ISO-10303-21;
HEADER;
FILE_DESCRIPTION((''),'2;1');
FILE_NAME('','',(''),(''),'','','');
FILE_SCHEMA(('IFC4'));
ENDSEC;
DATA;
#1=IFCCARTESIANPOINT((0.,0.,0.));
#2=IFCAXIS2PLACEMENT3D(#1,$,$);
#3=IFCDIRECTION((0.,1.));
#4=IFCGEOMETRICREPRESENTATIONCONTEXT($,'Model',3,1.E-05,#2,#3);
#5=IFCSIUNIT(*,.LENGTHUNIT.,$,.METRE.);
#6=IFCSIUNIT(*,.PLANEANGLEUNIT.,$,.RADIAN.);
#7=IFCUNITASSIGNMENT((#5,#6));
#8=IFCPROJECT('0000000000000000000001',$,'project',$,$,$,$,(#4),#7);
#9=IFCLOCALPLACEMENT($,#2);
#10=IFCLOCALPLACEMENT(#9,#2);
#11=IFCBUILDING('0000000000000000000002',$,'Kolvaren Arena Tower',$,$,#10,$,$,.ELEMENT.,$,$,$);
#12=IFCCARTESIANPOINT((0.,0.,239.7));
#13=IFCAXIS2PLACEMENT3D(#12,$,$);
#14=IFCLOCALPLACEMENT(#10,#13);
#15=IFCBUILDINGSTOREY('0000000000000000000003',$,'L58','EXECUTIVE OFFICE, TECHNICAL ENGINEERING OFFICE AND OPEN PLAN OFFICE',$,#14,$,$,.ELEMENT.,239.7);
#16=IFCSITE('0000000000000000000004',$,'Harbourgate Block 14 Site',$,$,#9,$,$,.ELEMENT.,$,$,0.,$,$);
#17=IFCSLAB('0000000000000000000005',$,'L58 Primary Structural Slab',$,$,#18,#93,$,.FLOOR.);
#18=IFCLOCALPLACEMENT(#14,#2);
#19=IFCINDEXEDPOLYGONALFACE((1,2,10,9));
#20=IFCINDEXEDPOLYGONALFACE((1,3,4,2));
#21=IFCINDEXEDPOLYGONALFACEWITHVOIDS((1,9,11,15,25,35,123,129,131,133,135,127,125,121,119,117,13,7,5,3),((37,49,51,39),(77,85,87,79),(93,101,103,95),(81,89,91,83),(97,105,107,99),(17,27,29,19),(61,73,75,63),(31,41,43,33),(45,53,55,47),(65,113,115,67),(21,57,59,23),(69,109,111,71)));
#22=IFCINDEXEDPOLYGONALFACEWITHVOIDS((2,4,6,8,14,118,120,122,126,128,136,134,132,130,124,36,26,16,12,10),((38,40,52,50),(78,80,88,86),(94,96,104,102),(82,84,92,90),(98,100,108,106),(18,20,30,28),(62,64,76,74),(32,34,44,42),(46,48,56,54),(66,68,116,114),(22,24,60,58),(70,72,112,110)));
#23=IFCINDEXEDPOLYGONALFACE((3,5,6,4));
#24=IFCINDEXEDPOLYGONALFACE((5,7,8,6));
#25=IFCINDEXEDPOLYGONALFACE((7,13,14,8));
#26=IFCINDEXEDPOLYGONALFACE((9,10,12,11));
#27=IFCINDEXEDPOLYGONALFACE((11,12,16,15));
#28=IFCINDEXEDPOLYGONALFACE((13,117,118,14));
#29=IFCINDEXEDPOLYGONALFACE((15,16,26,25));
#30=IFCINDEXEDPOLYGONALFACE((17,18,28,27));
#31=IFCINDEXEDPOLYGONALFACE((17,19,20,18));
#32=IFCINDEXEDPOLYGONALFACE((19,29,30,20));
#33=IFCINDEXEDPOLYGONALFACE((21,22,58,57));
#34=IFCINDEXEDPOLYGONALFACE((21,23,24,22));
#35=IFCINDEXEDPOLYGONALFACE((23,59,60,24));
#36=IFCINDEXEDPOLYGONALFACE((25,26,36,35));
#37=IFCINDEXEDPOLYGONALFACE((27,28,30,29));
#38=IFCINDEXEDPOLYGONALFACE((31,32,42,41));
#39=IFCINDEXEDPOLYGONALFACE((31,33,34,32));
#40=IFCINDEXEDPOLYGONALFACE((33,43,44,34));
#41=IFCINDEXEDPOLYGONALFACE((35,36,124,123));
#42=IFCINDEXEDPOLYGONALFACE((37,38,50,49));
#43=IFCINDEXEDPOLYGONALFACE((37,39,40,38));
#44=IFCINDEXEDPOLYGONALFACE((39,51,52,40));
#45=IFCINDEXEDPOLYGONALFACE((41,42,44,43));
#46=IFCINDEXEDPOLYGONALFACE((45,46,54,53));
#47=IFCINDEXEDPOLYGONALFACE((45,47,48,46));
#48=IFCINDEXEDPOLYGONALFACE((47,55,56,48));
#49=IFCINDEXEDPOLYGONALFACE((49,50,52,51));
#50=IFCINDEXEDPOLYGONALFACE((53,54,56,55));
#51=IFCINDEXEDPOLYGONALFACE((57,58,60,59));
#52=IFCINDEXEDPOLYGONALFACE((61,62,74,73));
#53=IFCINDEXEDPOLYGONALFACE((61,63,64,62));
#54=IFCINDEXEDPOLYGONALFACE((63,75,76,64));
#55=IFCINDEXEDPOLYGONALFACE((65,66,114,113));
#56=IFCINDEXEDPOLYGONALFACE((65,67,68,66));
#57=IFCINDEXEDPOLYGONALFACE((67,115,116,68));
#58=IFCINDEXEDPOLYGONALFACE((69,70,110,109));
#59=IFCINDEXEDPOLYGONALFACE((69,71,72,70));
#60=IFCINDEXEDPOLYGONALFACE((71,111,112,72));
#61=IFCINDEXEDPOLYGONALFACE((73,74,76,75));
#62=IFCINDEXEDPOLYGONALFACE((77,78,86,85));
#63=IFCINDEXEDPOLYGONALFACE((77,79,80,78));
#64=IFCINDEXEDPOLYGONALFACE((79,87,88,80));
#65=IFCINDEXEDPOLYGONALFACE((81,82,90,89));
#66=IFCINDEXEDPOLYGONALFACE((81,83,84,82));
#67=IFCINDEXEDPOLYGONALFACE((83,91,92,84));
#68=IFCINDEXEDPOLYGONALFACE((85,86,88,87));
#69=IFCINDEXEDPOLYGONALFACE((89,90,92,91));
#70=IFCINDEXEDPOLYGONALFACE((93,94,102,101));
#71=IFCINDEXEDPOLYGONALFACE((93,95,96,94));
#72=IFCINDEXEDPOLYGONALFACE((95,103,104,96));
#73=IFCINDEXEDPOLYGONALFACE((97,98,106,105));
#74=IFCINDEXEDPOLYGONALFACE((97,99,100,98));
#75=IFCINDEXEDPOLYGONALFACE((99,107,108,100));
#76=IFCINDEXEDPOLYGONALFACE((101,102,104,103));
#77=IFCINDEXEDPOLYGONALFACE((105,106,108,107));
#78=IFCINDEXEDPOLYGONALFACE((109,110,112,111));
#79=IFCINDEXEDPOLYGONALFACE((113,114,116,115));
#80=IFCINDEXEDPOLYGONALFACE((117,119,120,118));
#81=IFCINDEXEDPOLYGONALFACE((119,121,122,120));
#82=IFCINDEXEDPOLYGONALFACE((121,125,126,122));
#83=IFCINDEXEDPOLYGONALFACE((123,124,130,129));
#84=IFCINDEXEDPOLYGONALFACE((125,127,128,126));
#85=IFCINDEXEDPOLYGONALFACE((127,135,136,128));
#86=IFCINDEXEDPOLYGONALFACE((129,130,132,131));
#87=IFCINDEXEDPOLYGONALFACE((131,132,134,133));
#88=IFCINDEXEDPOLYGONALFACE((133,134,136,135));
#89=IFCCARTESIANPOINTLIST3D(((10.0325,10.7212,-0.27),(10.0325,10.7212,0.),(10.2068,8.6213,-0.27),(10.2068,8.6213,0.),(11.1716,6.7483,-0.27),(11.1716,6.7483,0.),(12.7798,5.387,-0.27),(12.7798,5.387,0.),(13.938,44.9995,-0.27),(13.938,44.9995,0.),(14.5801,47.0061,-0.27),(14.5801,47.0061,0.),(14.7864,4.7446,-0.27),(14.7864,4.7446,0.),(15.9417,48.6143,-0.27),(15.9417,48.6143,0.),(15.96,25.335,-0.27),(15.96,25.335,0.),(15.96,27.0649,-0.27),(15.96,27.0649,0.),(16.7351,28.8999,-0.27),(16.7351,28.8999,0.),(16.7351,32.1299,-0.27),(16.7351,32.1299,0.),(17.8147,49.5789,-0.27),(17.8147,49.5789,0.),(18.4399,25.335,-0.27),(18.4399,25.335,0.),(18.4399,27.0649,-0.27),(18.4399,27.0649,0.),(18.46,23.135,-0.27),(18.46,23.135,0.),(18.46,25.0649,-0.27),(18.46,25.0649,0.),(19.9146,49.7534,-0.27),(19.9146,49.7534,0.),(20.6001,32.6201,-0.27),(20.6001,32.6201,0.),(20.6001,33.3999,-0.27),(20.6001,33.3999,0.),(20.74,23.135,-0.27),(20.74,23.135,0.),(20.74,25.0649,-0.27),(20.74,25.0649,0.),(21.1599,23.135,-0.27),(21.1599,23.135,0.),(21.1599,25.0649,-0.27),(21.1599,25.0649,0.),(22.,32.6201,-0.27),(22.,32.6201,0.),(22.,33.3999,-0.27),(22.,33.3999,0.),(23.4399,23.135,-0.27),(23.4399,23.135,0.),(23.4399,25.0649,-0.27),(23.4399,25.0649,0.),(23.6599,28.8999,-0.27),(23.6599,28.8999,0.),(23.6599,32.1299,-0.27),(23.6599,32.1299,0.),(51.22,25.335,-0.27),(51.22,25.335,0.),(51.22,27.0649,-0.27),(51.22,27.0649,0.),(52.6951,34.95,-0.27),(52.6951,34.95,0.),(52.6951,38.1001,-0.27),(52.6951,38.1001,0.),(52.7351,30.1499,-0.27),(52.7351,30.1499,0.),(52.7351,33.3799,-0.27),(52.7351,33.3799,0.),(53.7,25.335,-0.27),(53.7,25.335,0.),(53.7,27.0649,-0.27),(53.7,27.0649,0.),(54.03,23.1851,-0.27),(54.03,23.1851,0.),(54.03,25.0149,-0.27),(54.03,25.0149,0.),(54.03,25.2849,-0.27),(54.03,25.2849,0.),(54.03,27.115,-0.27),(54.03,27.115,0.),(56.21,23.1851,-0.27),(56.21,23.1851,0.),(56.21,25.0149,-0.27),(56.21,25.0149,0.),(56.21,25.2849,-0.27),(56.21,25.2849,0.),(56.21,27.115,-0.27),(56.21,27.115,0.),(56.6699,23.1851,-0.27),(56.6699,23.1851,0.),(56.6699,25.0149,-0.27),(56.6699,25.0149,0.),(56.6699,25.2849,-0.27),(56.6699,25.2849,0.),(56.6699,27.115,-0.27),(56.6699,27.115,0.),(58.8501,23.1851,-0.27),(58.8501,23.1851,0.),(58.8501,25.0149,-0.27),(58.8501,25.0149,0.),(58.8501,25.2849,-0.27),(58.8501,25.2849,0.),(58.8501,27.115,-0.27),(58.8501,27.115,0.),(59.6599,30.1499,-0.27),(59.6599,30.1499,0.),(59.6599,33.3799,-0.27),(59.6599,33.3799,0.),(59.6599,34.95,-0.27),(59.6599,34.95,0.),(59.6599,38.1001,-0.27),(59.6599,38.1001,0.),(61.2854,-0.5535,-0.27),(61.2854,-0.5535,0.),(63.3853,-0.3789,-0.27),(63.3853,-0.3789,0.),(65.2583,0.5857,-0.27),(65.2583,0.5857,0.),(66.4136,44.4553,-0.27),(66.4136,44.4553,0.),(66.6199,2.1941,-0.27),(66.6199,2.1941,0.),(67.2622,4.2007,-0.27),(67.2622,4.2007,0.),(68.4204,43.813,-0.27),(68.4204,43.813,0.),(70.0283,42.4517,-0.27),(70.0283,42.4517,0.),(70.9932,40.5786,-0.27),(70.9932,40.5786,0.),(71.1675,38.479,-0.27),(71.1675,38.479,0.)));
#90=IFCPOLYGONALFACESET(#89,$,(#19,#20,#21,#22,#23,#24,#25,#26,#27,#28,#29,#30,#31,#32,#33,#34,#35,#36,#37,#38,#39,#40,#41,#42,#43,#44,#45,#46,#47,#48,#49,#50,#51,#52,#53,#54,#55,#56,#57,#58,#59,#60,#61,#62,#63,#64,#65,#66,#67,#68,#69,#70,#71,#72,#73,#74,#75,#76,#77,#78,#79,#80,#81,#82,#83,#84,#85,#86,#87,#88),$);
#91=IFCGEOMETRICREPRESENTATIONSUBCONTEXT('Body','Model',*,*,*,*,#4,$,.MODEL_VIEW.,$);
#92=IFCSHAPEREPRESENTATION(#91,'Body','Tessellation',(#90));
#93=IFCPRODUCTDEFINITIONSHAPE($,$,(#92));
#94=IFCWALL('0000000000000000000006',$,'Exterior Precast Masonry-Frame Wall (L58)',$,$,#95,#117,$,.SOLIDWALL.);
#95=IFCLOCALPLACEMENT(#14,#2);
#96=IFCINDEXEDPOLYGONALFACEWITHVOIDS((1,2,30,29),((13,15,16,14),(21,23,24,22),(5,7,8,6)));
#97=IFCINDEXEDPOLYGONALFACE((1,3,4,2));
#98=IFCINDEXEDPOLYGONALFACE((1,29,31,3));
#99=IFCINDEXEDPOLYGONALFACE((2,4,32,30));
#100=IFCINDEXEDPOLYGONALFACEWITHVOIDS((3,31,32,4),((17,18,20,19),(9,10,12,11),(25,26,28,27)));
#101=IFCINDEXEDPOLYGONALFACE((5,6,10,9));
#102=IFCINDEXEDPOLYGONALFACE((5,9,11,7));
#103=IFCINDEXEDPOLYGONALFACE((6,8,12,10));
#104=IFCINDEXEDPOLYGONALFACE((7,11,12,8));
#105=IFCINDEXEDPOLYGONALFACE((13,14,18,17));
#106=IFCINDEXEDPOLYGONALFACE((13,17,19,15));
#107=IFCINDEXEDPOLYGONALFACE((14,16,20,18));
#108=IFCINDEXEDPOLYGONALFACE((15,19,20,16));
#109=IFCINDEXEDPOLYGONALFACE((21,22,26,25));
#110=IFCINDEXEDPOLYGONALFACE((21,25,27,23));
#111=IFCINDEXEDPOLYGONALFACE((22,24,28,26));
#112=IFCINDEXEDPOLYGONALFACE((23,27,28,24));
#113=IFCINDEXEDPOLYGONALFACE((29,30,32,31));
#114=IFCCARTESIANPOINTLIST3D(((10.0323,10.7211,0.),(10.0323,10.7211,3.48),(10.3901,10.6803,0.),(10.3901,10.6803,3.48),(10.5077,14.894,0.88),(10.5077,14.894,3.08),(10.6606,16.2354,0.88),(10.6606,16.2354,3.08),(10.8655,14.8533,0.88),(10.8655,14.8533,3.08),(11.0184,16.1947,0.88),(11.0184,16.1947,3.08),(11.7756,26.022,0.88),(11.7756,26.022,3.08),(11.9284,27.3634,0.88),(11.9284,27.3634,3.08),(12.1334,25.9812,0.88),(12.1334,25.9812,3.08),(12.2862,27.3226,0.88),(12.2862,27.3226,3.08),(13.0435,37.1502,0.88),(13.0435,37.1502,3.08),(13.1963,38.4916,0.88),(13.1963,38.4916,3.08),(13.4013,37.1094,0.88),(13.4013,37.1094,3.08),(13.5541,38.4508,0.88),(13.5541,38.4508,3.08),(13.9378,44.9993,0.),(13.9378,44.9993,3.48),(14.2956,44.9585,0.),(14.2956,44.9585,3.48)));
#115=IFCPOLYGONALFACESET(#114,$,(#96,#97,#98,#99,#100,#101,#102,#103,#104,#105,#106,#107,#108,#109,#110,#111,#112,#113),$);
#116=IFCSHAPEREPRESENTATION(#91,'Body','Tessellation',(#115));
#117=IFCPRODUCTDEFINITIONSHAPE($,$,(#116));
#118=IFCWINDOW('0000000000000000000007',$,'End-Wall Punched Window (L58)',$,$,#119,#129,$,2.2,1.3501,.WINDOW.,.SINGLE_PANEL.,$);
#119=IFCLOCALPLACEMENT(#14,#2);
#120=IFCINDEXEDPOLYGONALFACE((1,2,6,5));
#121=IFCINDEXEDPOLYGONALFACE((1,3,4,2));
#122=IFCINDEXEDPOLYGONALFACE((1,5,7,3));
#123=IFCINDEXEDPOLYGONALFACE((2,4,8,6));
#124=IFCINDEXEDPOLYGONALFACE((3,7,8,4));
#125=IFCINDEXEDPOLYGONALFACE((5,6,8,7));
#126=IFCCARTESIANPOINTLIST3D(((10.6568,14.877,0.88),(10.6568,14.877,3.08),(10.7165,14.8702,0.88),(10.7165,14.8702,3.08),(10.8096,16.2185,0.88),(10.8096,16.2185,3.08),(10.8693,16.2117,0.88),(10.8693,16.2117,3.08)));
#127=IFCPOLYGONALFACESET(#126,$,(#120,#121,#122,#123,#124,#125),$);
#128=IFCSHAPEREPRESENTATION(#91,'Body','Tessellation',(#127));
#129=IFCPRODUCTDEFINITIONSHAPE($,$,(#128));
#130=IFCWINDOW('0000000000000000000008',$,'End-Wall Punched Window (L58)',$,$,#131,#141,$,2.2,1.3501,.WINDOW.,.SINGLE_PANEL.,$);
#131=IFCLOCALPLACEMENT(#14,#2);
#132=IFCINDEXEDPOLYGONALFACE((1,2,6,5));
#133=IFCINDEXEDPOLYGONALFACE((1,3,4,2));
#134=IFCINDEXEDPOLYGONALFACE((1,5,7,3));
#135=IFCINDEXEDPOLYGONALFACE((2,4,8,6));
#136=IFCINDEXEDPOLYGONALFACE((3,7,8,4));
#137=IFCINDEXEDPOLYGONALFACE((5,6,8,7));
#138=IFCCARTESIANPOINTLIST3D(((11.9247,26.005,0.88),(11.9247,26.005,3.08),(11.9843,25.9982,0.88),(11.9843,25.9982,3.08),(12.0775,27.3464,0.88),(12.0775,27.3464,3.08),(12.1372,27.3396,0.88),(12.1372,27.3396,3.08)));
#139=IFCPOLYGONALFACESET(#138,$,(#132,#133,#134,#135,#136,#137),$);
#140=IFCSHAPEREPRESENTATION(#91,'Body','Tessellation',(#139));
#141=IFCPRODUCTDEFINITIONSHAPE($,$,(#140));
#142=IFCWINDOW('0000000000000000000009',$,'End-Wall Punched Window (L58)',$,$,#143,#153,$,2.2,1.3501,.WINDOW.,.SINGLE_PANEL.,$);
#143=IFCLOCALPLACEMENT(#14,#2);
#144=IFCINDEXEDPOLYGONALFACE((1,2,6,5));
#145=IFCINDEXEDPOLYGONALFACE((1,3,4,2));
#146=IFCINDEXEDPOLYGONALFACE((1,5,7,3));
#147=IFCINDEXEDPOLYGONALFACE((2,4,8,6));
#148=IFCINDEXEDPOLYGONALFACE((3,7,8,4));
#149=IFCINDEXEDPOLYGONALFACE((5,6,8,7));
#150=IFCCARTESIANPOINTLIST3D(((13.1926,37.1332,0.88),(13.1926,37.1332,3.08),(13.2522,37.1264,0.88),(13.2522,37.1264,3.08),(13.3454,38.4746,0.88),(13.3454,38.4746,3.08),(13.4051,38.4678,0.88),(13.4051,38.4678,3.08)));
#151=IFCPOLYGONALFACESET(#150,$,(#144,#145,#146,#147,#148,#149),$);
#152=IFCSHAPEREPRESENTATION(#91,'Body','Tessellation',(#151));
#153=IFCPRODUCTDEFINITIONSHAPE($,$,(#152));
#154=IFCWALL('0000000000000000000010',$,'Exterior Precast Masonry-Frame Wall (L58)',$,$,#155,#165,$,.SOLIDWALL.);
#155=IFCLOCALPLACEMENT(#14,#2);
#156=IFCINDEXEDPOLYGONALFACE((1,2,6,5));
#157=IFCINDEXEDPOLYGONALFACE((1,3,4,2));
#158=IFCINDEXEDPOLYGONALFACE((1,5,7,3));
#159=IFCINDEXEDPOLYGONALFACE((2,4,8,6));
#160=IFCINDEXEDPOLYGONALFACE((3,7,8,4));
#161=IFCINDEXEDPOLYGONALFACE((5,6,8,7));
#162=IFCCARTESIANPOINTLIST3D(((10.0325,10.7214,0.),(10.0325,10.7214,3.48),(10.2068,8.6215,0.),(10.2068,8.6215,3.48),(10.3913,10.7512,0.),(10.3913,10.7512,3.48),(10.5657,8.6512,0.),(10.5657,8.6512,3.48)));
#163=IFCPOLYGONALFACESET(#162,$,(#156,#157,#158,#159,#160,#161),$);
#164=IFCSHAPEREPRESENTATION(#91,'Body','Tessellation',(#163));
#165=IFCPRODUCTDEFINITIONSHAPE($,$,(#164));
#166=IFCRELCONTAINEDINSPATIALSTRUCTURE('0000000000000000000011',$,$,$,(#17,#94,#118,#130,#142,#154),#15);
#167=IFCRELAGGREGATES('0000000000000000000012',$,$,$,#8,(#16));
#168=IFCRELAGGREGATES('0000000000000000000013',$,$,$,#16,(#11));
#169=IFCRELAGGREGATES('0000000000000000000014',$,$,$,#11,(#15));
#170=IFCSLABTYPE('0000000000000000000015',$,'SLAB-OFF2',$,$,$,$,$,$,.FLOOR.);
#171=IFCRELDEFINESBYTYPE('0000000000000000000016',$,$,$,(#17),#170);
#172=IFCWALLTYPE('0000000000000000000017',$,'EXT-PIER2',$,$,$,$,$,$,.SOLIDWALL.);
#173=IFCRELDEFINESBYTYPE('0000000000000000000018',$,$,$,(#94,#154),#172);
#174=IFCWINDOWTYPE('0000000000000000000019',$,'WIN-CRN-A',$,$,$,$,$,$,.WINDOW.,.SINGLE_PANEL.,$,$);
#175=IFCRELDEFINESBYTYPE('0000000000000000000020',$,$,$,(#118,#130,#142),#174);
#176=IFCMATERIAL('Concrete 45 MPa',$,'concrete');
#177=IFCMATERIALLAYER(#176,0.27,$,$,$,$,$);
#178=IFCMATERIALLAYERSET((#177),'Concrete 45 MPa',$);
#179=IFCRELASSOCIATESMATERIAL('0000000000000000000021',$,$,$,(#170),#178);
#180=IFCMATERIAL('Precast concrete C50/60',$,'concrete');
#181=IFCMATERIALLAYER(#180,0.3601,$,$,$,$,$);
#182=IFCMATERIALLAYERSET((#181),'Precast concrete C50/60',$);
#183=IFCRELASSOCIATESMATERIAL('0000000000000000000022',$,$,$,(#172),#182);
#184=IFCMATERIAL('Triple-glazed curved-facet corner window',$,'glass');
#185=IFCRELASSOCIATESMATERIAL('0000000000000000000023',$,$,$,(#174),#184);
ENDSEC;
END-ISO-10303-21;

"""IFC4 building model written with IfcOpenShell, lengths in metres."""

from ifc_helpers import new_model, si_unit, direction, frame, frame_2d, origin, place, context, subcontext, project, spatial, polyline, rectangle, outline, extrude, material, layer, layer_set, type_object, element, fill, save


model = new_model("IFC4")

# Units and contexts
model_context = context("Model", 3, precision=1e-05, world=origin(), true_north=direction((0.0, 1.0)))
body_context = subcontext(model_context, "Body", "Model", "MODEL_VIEW")
ifc_project = project(units=[si_unit("LENGTHUNIT", "METRE"), si_unit("PLANEANGLEUNIT", "RADIAN")], contexts=[model_context])

# Site, building, storey
site_placement = place(None, origin())
site = spatial("IfcSite", under=ifc_project, at=site_placement, Name="Harbourgate Block 14 Site", CompositionType="ELEMENT", RefElevation=0.0)
building_placement = place(site_placement, origin())
building = spatial("IfcBuilding", under=site, at=building_placement, Name="Kolvaren Arena Tower", CompositionType="ELEMENT")
storey_placement = place(building_placement, frame((0.0, 0.0, 239.7)))
storey = spatial("IfcBuildingStorey", under=building, at=storey_placement, Name="L58", Description="EXECUTIVE OFFICE, TECHNICAL ENGINEERING OFFICE AND OPEN PLAN OFFICE", CompositionType="ELEMENT", Elevation=239.7)

# Shared definitions
ifc_material_1 = material(Name="Concrete 45 MPa", Category="concrete")

# Slab
ifc_layer_1 = layer(ifc_material_1, 0.27)
ifc_layer_set_1 = layer_set([ifc_layer_1], Name="Concrete 45 MPa")
slab_type_1 = type_object("IfcSlabType", Name="SLAB-OFF2", PredefinedType="FLOOR", material=ifc_layer_set_1)
slab_1_placement = place(storey_placement, frame((0.0, 0.0, -0.27)))
element("IfcSlab", 1, at=slab_1_placement, inside=storey, type_object=slab_type_1, Name="L58 Primary Structural Slab", PredefinedType="FLOOR", context=body_context, shape_type="SweptSolid", body=[
    extrude(outline(polyline([(61.2854, -0.5535), (63.3853, -0.3789), (65.2583, 0.5857), (66.6199, 2.1941), (67.2622, 4.2007), (71.1675, 38.479), (70.9932, 40.5786), (70.0283, 42.4517), (68.4204, 43.813), (66.4136, 44.4553), (19.9146, 49.7534), (17.8147, 49.5789), (15.9417, 48.6143), (14.5801, 47.0061), (13.938, 44.9995), (10.0325, 10.7212), (10.2068, 8.6213), (11.1716, 6.7483), (12.7798, 5.387), (14.7864, 4.7446), (61.2854, -0.5535)]), holes=[polyline([(20.74, 23.135), (18.46, 23.135), (18.46, 25.0649), (20.74, 25.0649), (20.74, 23.135)]), polyline([(21.1599, 23.135), (21.1599, 25.0649), (23.4399, 25.0649), (23.4399, 23.135), (21.1599, 23.135)]), polyline([(56.21, 23.1851), (54.03, 23.1851), (54.03, 25.0149), (56.21, 25.0149), (56.21, 23.1851)]), polyline([(56.6699, 23.1851), (56.6699, 25.0149), (58.8501, 25.0149), (58.8501, 23.1851), (56.6699, 23.1851)]), polyline([(54.03, 25.2849), (54.03, 27.115), (56.21, 27.115), (56.21, 25.2849), (54.03, 25.2849)]), polyline([(58.8501, 25.2849), (56.6699, 25.2849), (56.6699, 27.115), (58.8501, 27.115), (58.8501, 25.2849)]), polyline([(15.96, 25.335), (15.96, 27.0649), (18.4399, 27.0649), (18.4399, 25.335), (15.96, 25.335)]), polyline([(53.7, 25.335), (51.22, 25.335), (51.22, 27.0649), (53.7, 27.0649), (53.7, 25.335)]), polyline([(16.7351, 28.8999), (16.7351, 32.1299), (23.6599, 32.1299), (23.6599, 28.8999), (16.7351, 28.8999)]), polyline([(52.7351, 30.1499), (52.7351, 33.3799), (59.6599, 33.3799), (59.6599, 30.1499), (52.7351, 30.1499)]), polyline([(20.6001, 32.6201), (20.6001, 33.3999), (22.0, 33.3999), (22.0, 32.6201), (20.6001, 32.6201)]), polyline([(52.6951, 34.95), (52.6951, 38.1001), (59.6599, 38.1001), (59.6599, 34.95), (52.6951, 34.95)])]), origin(), (0.0, 0.0, 1.0), 0.27),
])

# Wall, openings, windows
ifc_material_2 = material(Name="Precast concrete C50/60", Category="concrete")
ifc_layer_2 = layer(ifc_material_2, 0.3601)
ifc_layer_set_2 = layer_set([ifc_layer_2], Name="Precast concrete C50/60")
wall_type = type_object("IfcWallType", Name="EXT-PIER2", PredefinedType="SOLIDWALL", material=ifc_layer_set_2)
wall_1_placement = place(storey_placement, frame((10.2112, 10.7007, 0.0), z_axis=(0.0, 0.0, 1.0), x_axis=(0.113203, 0.993572, 0.0)))
wall_1 = element("IfcWall", 2, at=wall_1_placement, inside=storey, type_object=wall_type, Name="Exterior Precast Masonry-Frame Wall (L58)", PredefinedType="SOLIDWALL", context=body_context, shape_type="SweptSolid", body=[
    extrude(rectangle(XDim=34.5, YDim=0.3601, at=frame_2d((17.25, 0.0))), origin(), (0.0, 0.0, 1.0), 3.48),
])
opening_1_placement = place(wall_1_placement, frame((4.2, 0.0, 0.8799)))
opening_1 = element("IfcOpeningElement", 3, at=opening_1_placement, cuts=wall_1, PredefinedType="OPENING", context=body_context, shape_type="SweptSolid", body=[
    extrude(rectangle(XDim=1.3501, YDim=2.2, at=frame_2d((0.675, 1.1001))), frame((0.0, 0.1899, 0.0), z_axis=(0.0, -1.0, 0.0), x_axis=(1.0, 0.0, 0.0)), (0.0, 0.0, 1.0), 0.3801),
])
opening_2_placement = place(wall_1_placement, frame((15.3999, 0.0, 0.8799)))
opening_2 = element("IfcOpeningElement", 4, at=opening_2_placement, cuts=wall_1, PredefinedType="OPENING", context=body_context, shape_type="SweptSolid", body=[
    extrude(rectangle(XDim=1.3501, YDim=2.2, at=frame_2d((0.675, 1.1001))), frame((0.0, 0.1899, 0.0), z_axis=(0.0, -1.0, 0.0), x_axis=(1.0, 0.0, 0.0)), (0.0, 0.0, 1.0), 0.3801),
])
opening_3_placement = place(wall_1_placement, frame((26.6001, 0.0, 0.8799)))
opening_3 = element("IfcOpeningElement", 5, at=opening_3_placement, cuts=wall_1, PredefinedType="OPENING", context=body_context, shape_type="SweptSolid", body=[
    extrude(rectangle(XDim=1.3501, YDim=2.2, at=frame_2d((0.675, 1.1001))), frame((0.0, 0.1899, 0.0), z_axis=(0.0, -1.0, 0.0), x_axis=(1.0, 0.0, 0.0)), (0.0, 0.0, 1.0), 0.3801),
])
ifc_material_3 = material(Name="Triple-glazed curved-facet corner window", Category="glass")
window_type = type_object("IfcWindowType", Name="WIN-CRN-A", PartitioningType="SINGLE_PANEL", PredefinedType="WINDOW", material=ifc_material_3)
window_1_placement = place(opening_1_placement, origin())
window_1 = element("IfcWindow", 6, at=window_1_placement, inside=storey, type_object=window_type, Name="End-Wall Punched Window (L58)", OverallHeight=2.2, OverallWidth=1.3501, PartitioningType="SINGLE_PANEL", PredefinedType="WINDOW", context=body_context, shape_type="SweptSolid", body=[
    extrude(rectangle(XDim=1.3501, YDim=2.2, at=frame_2d((0.675, 1.1001))), frame((0.0, 0.03, 0.0), z_axis=(0.0, -1.0, 0.0), x_axis=(1.0, 0.0, 0.0)), (0.0, 0.0, 1.0), 0.0601),
])
fill(opening_1, window_1)
window_2_placement = place(opening_2_placement, origin())
window_2 = element("IfcWindow", 7, at=window_2_placement, inside=storey, type_object=window_type, Name="End-Wall Punched Window (L58)", OverallHeight=2.2, OverallWidth=1.3501, PartitioningType="SINGLE_PANEL", PredefinedType="WINDOW", context=body_context, shape_type="SweptSolid", body=[
    extrude(rectangle(XDim=1.3501, YDim=2.2, at=frame_2d((0.675, 1.1001))), frame((0.0, 0.03, 0.0), z_axis=(0.0, -1.0, 0.0), x_axis=(1.0, 0.0, 0.0)), (0.0, 0.0, 1.0), 0.0601),
])
fill(opening_2, window_2)
window_3_placement = place(opening_3_placement, origin())
window_3 = element("IfcWindow", 8, at=window_3_placement, inside=storey, type_object=window_type, Name="End-Wall Punched Window (L58)", OverallHeight=2.2, OverallWidth=1.3501, PartitioningType="SINGLE_PANEL", PredefinedType="WINDOW", context=body_context, shape_type="SweptSolid", body=[
    extrude(rectangle(XDim=1.3501, YDim=2.2, at=frame_2d((0.675, 1.1001))), frame((0.0, 0.03, 0.0), z_axis=(0.0, -1.0, 0.0), x_axis=(1.0, 0.0, 0.0)), (0.0, 0.0, 1.0), 0.0601),
])
fill(opening_3, window_3)

# Wall
wall_2_placement = place(storey_placement, frame((10.3862, 8.6362, 0.0), z_axis=(0.0, 0.0, 1.0), x_axis=(-0.082729, 0.996572, 0.0)))
element("IfcWall", 9, at=wall_2_placement, inside=storey, type_object=wall_type, Name="Exterior Precast Masonry-Frame Wall (L58)", PredefinedType="SOLIDWALL", context=body_context, shape_type="SweptSolid", body=[
    extrude(rectangle(XDim=2.1072, YDim=0.3601, at=frame_2d((1.0537, 0.0))), origin(), (0.0, 0.0, 1.0), 3.48),
])

save(model, "model.ifc")
